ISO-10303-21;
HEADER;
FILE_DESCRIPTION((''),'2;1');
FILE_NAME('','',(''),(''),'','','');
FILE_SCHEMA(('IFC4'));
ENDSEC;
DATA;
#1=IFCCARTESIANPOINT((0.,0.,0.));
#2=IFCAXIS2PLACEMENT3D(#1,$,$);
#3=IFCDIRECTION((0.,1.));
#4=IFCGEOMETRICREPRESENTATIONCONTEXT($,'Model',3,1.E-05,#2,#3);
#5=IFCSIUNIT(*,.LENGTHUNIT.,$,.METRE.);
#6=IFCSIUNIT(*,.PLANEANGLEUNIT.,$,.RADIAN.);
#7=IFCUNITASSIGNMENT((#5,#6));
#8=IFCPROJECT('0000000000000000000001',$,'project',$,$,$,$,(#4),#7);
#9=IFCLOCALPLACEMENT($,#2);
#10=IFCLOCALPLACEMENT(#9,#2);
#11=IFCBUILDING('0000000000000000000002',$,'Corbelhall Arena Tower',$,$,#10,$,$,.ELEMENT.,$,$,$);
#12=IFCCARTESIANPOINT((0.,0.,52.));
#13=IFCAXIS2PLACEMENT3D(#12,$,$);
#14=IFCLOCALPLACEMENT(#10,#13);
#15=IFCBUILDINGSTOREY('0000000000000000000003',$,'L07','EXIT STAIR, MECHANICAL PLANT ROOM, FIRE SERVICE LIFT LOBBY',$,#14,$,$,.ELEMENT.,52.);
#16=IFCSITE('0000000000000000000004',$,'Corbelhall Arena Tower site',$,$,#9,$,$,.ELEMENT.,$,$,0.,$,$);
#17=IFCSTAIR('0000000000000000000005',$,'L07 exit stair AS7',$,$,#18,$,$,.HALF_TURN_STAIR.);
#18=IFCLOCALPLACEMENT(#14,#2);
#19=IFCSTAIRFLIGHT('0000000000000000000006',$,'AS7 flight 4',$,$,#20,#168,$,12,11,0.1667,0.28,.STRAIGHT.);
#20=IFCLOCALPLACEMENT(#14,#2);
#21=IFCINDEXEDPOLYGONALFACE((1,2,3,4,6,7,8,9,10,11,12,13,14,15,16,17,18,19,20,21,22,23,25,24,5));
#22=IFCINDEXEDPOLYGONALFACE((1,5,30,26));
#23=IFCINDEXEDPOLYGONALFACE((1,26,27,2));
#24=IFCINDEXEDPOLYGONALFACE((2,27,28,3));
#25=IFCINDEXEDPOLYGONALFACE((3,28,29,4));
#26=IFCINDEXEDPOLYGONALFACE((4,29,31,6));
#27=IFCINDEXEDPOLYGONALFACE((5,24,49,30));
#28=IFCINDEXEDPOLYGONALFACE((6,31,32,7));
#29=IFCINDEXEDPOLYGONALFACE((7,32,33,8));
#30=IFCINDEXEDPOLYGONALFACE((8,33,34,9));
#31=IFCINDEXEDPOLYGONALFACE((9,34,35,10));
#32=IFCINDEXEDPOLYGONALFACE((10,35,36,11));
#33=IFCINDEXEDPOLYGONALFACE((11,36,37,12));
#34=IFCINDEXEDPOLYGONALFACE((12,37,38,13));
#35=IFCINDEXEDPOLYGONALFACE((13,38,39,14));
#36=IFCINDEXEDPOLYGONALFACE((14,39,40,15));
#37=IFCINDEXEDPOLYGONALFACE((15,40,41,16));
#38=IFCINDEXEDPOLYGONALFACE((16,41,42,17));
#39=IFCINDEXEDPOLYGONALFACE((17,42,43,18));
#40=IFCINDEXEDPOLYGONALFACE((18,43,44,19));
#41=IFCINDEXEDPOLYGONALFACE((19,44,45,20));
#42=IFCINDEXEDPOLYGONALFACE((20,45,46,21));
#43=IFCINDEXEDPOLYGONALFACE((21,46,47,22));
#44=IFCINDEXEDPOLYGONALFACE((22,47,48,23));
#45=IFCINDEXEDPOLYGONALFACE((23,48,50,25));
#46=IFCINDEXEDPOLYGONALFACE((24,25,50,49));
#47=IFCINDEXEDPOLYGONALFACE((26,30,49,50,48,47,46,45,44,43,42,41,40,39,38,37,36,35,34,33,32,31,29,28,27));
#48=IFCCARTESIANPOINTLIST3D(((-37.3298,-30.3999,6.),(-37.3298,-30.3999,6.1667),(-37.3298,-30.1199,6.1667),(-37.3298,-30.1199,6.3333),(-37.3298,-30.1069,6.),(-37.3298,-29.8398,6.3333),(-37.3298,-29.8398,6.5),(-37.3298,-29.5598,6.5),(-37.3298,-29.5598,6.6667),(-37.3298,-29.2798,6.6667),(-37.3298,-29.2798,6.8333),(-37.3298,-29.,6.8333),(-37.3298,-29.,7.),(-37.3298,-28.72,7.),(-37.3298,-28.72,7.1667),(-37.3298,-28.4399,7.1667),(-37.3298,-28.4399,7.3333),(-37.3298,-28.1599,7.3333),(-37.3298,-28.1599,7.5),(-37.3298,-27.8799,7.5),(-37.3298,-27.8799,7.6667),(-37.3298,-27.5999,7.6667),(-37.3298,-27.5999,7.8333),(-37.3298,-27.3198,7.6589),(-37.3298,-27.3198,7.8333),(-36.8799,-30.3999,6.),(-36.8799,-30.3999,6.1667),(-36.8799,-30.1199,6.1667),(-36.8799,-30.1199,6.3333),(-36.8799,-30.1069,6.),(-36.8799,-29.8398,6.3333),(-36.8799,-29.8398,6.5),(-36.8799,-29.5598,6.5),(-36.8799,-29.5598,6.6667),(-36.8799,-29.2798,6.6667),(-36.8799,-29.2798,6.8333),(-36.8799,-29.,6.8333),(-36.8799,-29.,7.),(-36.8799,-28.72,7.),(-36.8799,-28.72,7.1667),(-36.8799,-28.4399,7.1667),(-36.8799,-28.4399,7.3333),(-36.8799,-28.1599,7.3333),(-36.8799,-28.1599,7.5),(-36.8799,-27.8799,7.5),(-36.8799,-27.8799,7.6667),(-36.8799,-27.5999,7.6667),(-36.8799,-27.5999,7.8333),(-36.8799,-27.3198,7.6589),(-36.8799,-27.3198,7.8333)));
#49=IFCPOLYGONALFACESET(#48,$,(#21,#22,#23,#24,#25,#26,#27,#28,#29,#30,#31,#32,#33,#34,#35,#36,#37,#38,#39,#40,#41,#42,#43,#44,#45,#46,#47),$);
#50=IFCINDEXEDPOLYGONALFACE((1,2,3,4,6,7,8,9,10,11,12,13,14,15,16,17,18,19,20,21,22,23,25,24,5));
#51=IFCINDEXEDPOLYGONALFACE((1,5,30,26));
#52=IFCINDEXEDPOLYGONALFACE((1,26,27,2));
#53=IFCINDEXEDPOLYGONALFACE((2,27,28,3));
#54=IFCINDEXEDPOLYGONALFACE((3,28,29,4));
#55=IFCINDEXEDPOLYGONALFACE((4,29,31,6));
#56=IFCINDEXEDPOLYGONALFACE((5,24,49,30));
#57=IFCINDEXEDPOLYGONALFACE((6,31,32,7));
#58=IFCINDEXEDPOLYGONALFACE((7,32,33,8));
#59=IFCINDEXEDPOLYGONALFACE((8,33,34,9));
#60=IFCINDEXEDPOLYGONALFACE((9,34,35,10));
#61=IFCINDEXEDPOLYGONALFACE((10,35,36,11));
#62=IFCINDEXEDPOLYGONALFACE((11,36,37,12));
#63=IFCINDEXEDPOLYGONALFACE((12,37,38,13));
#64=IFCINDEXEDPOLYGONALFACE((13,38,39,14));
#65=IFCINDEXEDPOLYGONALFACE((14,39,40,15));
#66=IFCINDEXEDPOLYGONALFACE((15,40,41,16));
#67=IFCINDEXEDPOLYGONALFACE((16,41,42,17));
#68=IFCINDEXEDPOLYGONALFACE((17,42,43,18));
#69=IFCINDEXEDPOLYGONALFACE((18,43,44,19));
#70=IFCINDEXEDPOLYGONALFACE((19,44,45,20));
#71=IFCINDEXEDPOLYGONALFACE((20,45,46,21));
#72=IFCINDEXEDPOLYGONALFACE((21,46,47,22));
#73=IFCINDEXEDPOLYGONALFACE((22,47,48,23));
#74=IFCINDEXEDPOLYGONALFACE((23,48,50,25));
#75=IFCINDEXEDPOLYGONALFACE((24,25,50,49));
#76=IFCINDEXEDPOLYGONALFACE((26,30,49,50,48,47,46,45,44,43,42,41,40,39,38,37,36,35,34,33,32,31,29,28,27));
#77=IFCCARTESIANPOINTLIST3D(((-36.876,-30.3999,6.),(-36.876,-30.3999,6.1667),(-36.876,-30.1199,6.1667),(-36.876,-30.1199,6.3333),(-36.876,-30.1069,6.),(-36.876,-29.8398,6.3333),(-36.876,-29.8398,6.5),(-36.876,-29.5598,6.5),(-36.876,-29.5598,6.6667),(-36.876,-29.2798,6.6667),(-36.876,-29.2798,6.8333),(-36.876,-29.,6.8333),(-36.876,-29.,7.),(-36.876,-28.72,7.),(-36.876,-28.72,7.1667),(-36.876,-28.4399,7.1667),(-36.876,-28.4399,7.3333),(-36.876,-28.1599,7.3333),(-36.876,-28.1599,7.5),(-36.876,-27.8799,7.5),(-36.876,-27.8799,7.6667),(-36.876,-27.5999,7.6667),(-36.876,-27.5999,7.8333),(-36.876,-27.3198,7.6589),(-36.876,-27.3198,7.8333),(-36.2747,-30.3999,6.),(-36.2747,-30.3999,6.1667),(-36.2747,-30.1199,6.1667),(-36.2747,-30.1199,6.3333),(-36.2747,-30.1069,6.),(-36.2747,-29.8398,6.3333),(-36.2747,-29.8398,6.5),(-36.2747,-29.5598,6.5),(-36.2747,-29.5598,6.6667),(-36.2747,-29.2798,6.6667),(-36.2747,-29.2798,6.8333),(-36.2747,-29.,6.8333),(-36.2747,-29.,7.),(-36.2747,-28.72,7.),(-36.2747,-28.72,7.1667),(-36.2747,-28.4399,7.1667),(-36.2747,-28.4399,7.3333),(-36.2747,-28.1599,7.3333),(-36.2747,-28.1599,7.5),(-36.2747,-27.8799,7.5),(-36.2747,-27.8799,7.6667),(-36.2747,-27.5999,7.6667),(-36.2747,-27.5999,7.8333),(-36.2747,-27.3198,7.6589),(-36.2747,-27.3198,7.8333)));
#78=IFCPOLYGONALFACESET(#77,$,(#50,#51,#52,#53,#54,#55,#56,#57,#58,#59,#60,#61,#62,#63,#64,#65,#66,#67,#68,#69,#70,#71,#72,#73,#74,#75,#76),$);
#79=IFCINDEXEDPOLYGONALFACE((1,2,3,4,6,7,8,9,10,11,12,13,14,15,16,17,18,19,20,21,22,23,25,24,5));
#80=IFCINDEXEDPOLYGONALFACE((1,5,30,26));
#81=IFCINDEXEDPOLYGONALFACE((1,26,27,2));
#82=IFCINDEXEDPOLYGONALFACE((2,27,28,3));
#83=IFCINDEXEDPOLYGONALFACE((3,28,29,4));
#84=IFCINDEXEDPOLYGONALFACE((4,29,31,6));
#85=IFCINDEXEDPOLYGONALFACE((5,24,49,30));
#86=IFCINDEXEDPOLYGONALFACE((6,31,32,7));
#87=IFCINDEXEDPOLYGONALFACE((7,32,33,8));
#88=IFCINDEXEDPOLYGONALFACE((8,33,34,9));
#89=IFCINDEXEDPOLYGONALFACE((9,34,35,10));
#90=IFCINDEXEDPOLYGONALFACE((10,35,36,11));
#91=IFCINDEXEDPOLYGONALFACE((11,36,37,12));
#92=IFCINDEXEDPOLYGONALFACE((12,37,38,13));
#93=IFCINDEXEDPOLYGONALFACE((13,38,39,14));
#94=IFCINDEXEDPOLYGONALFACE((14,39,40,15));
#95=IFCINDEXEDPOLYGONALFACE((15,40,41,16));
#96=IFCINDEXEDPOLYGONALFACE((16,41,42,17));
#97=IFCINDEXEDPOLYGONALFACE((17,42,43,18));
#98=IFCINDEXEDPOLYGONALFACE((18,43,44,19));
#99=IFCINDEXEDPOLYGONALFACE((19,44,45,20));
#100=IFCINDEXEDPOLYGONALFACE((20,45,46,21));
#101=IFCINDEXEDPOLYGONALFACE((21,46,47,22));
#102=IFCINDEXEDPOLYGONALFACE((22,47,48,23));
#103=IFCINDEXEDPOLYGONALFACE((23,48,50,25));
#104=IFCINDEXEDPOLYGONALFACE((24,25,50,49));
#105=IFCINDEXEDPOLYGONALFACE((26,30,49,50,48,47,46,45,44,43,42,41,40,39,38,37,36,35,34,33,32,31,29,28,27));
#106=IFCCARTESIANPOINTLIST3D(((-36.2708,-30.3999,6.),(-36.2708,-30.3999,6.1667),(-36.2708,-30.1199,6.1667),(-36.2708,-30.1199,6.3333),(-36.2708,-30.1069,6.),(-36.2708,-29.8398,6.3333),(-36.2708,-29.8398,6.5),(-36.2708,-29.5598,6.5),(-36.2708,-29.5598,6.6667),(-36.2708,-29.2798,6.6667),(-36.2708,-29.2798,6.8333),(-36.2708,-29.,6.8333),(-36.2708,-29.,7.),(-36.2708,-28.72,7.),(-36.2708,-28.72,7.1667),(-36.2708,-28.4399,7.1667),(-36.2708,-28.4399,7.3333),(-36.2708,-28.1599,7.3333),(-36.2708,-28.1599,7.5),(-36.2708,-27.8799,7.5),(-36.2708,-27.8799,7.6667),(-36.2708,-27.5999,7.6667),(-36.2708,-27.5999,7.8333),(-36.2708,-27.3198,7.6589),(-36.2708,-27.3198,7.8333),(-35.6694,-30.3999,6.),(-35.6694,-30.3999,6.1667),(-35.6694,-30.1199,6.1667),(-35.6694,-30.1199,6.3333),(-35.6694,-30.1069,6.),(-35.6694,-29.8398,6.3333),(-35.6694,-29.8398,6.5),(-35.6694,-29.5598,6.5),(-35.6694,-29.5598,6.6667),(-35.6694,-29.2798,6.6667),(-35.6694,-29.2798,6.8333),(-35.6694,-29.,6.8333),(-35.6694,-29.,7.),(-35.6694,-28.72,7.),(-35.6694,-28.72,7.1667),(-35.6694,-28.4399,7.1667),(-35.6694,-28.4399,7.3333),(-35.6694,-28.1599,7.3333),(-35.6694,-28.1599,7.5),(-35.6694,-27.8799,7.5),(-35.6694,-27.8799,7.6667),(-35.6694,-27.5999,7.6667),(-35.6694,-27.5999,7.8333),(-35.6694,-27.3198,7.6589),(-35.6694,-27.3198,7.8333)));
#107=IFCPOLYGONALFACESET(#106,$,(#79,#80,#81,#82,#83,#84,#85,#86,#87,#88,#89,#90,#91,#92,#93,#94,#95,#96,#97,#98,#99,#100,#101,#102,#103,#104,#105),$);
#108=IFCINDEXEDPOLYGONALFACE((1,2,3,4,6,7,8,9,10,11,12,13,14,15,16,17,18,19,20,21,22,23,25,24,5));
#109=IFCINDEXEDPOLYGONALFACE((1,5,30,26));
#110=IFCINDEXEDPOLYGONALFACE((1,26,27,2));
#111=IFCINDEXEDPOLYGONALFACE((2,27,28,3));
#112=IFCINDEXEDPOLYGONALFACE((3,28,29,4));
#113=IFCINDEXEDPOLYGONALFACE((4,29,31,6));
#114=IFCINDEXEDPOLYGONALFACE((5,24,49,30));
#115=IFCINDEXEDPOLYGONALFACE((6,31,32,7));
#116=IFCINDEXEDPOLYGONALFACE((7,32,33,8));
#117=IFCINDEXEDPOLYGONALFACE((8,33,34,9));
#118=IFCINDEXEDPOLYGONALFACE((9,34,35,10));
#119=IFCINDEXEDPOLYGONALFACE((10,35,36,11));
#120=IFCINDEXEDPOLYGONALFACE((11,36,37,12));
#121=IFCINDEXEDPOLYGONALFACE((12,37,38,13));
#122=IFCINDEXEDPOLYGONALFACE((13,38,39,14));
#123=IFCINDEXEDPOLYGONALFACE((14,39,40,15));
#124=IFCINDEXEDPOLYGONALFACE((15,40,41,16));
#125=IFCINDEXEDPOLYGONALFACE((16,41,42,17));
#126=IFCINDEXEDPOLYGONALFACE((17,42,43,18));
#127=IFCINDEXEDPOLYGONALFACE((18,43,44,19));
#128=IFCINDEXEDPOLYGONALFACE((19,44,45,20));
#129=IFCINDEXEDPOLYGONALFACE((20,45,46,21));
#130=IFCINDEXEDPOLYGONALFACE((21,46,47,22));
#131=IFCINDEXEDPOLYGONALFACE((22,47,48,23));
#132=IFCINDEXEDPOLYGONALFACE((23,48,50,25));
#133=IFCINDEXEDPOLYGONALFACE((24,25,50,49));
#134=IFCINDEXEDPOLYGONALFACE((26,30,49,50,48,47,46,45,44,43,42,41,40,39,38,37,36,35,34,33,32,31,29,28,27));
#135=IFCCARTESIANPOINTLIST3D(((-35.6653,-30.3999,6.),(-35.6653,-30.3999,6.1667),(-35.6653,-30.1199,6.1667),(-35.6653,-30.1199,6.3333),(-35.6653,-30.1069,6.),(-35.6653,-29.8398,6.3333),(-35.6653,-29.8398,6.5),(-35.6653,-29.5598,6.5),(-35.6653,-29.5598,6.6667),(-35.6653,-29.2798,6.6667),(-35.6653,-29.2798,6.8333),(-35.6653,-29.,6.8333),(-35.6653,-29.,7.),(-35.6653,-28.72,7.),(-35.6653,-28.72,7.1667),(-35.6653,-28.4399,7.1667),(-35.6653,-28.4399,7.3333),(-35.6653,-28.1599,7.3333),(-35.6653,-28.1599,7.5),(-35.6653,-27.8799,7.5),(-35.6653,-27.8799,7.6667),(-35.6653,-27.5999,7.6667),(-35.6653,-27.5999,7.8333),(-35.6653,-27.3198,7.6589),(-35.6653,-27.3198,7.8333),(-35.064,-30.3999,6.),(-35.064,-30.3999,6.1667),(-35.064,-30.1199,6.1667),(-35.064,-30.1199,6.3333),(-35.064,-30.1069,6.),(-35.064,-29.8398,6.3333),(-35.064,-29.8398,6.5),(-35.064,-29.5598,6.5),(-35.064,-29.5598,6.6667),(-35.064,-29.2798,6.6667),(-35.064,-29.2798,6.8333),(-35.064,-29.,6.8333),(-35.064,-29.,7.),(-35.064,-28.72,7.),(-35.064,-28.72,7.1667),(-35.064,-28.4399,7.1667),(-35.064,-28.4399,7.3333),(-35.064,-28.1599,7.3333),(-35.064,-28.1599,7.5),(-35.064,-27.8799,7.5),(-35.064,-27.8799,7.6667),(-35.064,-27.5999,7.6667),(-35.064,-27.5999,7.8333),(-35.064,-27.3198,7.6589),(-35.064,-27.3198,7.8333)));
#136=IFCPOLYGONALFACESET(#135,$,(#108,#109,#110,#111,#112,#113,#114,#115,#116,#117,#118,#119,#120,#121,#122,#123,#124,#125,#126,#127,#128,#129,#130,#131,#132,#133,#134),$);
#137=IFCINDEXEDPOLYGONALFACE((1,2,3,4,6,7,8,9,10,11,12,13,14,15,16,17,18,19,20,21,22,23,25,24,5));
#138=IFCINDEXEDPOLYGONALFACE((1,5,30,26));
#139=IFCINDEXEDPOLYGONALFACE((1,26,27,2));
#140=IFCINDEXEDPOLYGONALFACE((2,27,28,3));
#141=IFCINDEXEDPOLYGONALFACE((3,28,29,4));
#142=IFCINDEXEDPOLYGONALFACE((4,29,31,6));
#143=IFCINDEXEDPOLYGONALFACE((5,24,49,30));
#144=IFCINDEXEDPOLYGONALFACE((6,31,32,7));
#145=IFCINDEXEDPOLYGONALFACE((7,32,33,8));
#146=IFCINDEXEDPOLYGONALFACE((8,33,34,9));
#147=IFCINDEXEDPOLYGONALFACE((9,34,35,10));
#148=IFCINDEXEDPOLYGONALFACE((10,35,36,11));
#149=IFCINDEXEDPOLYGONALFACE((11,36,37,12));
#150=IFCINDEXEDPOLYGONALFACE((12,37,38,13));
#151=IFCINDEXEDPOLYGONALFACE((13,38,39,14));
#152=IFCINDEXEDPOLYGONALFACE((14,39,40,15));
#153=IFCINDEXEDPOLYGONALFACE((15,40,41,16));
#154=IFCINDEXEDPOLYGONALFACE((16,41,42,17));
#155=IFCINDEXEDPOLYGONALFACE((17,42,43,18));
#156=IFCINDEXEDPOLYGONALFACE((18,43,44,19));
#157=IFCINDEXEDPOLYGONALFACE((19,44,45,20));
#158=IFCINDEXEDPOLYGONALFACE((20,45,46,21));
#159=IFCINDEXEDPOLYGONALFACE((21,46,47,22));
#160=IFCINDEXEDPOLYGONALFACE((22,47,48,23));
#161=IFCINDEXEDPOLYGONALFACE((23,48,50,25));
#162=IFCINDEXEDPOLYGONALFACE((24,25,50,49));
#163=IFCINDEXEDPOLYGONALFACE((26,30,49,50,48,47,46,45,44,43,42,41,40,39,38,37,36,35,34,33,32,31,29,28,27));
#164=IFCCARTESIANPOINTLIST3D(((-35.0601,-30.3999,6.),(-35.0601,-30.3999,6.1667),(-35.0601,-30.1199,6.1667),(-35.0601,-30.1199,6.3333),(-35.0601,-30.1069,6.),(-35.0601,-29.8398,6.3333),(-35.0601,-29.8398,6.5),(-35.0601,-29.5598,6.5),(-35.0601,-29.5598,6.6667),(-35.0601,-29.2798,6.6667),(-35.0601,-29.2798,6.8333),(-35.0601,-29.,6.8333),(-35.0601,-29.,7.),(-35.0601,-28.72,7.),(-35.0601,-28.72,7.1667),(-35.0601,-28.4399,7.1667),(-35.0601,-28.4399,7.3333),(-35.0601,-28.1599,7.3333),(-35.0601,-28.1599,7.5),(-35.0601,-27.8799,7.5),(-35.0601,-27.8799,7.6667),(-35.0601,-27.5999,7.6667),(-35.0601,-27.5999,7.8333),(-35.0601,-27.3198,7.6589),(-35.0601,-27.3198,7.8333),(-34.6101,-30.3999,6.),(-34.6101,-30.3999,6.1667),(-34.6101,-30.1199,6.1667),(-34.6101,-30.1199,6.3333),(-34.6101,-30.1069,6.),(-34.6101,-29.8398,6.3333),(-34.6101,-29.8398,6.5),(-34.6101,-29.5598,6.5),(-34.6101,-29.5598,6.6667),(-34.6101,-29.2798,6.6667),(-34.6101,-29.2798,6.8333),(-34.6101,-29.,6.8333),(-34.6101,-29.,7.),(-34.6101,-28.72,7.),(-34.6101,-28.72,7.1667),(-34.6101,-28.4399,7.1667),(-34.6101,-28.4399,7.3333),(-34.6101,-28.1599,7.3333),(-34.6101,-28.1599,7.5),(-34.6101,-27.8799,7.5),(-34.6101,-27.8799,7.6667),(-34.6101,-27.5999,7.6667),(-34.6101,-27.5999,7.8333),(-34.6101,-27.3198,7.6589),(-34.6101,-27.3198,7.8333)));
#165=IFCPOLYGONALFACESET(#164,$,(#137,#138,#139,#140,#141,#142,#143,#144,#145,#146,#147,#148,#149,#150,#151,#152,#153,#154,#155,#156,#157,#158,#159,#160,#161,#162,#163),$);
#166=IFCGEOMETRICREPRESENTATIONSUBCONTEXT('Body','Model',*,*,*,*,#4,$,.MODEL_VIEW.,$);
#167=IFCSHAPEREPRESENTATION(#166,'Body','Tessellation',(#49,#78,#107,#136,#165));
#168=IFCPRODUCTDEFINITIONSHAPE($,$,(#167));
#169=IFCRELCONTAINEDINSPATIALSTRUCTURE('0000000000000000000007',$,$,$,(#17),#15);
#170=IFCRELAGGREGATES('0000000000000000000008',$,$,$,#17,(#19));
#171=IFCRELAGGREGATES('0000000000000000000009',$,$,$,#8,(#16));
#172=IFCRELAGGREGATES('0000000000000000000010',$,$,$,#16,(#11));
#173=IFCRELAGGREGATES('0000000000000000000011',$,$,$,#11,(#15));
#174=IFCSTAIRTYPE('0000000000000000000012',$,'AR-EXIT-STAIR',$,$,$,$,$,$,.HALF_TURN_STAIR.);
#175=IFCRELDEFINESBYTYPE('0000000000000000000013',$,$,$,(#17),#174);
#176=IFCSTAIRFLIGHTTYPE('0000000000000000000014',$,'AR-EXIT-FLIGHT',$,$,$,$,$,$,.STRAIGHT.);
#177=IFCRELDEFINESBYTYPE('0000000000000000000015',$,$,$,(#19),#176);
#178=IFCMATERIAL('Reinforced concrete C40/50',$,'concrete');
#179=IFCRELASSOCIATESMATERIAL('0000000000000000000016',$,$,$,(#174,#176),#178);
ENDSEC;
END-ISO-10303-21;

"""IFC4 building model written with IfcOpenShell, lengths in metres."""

from ifc_helpers import new_model, si_unit, direction, frame, origin, place, context, subcontext, project, spatial, polyline, outline, extrude, material, type_object, element, aggregate, save


model = new_model("IFC4")

# Units and contexts
model_context = context("Model", 3, precision=1e-05, world=origin(), true_north=direction((0.0, 1.0)))
body_context = subcontext(model_context, "Body", "Model", "MODEL_VIEW")
ifc_project = project(units=[si_unit("LENGTHUNIT", "METRE"), si_unit("PLANEANGLEUNIT", "RADIAN")], contexts=[model_context])

# Site, building, storey
site_placement = place(None, origin())
site = spatial("IfcSite", under=ifc_project, at=site_placement, Name="Corbelhall Arena Tower site", CompositionType="ELEMENT", RefElevation=0.0)
building_placement = place(site_placement, origin())
building = spatial("IfcBuilding", under=site, at=building_placement, Name="Corbelhall Arena Tower", CompositionType="ELEMENT")
storey_placement = place(building_placement, frame((0.0, 0.0, 52.0)))
storey = spatial("IfcBuildingStorey", under=building, at=storey_placement, Name="L07", Description="EXIT STAIR, MECHANICAL PLANT ROOM, FIRE SERVICE LIFT LOBBY", CompositionType="ELEMENT", Elevation=52.0)

# Shared definitions
ifc_material_1 = material(Name="Reinforced concrete C40/50", Category="concrete")

# Stair, stair flight
stair_type = type_object("IfcStairType", Name="AR-EXIT-STAIR", PredefinedType="HALF_TURN_STAIR", material=ifc_material_1)
stair_placement = place(storey_placement, origin())
stair = element("IfcStair", 1, at=stair_placement, inside=storey, type_object=stair_type, Name="L07 exit stair AS7", PredefinedType="HALF_TURN_STAIR")
stair_flight_type = type_object("IfcStairFlightType", Name="AR-EXIT-FLIGHT", PredefinedType="STRAIGHT", material=ifc_material_1)
stair_flight_1_placement = place(storey_placement, frame((-35.97, -30.3999, 6.0), z_axis=(0.0, 0.0, 1.0), x_axis=(0.0, 1.0, 0.0)))
stair_flight_1 = element("IfcStairFlight", 2, at=stair_flight_1_placement, type_object=stair_flight_type, Name="AS7 flight 4", NumberOfRisers=12, NumberOfTreads=11, PredefinedType="STRAIGHT", RiserHeight=0.1667, TreadLength=0.28, context=body_context, shape_type="SweptSolid", body=[
    extrude(outline(polyline([(0.0, 0.0), (0.0, 0.1667), (0.28, 0.1667), (0.28, 0.3333), (0.5601, 0.3333), (0.5601, 0.5), (0.8401, 0.5), (0.8401, 0.6667), (1.1201, 0.6667), (1.1201, 0.8333), (1.3999, 0.8333), (1.3999, 1.0), (1.6799, 1.0), (1.6799, 1.1667), (1.96, 1.1667), (1.96, 1.3333), (2.24, 1.3333), (2.24, 1.5), (2.52, 1.5), (2.52, 1.6667), (2.8, 1.6667), (2.8, 1.8333), (3.0801, 1.8333), (3.0801, 2.0), (3.0801, 1.6589), (0.293, 0.0), (0.0, 0.0)])), frame((0.0, 1.3599, 0.0), z_axis=(0.0, -1.0, 0.0), x_axis=(1.0, 0.0, 0.0)), (0.0, 0.0, 1.0), 0.45),
    extrude(outline(polyline([(0.0, 0.0), (0.0, 0.1667), (0.28, 0.1667), (0.28, 0.3333), (0.5601, 0.3333), (0.5601, 0.5), (0.8401, 0.5), (0.8401, 0.6667), (1.1201, 0.6667), (1.1201, 0.8333), (1.3999, 0.8333), (1.3999, 1.0), (1.6799, 1.0), (1.6799, 1.1667), (1.96, 1.1667), (1.96, 1.3333), (2.24, 1.3333), (2.24, 1.5), (2.52, 1.5), (2.52, 1.6667), (2.8, 1.6667), (2.8, 1.8333), (3.0801, 1.8333), (3.0801, 2.0), (3.0801, 1.6589), (0.293, 0.0), (0.0, 0.0)])), frame((0.0, 0.906, 0.0), z_axis=(0.0, -1.0, 0.0), x_axis=(1.0, 0.0, 0.0)), (0.0, 0.0, 1.0), 0.6013),
    extrude(outline(polyline([(0.0, 0.0), (0.0, 0.1667), (0.28, 0.1667), (0.28, 0.3333), (0.5601, 0.3333), (0.5601, 0.5), (0.8401, 0.5), (0.8401, 0.6667), (1.1201, 0.6667), (1.1201, 0.8333), (1.3999, 0.8333), (1.3999, 1.0), (1.6799, 1.0), (1.6799, 1.1667), (1.96, 1.1667), (1.96, 1.3333), (2.24, 1.3333), (2.24, 1.5), (2.52, 1.5), (2.52, 1.6667), (2.8, 1.6667), (2.8, 1.8333), (3.0801, 1.8333), (3.0801, 2.0), (3.0801, 1.6589), (0.293, 0.0), (0.0, 0.0)])), frame((0.0, 0.3008, 0.0), z_axis=(0.0, -1.0, 0.0), x_axis=(1.0, 0.0, 0.0)), (0.0, 0.0, 1.0), 0.6013),
    extrude(outline(polyline([(0.0, 0.0), (0.0, 0.1667), (0.28, 0.1667), (0.28, 0.3333), (0.5601, 0.3333), (0.5601, 0.5), (0.8401, 0.5), (0.8401, 0.6667), (1.1201, 0.6667), (1.1201, 0.8333), (1.3999, 0.8333), (1.3999, 1.0), (1.6799, 1.0), (1.6799, 1.1667), (1.96, 1.1667), (1.96, 1.3333), (2.24, 1.3333), (2.24, 1.5), (2.52, 1.5), (2.52, 1.6667), (2.8, 1.6667), (2.8, 1.8333), (3.0801, 1.8333), (3.0801, 2.0), (3.0801, 1.6589), (0.293, 0.0), (0.0, 0.0)])), frame((0.0, -0.3047, 0.0), z_axis=(0.0, -1.0, 0.0), x_axis=(1.0, 0.0, 0.0)), (0.0, 0.0, 1.0), 0.6013),
    extrude(outline(polyline([(0.0, 0.0), (0.0, 0.1667), (0.28, 0.1667), (0.28, 0.3333), (0.5601, 0.3333), (0.5601, 0.5), (0.8401, 0.5), (0.8401, 0.6667), (1.1201, 0.6667), (1.1201, 0.8333), (1.3999, 0.8333), (1.3999, 1.0), (1.6799, 1.0), (1.6799, 1.1667), (1.96, 1.1667), (1.96, 1.3333), (2.24, 1.3333), (2.24, 1.5), (2.52, 1.5), (2.52, 1.6667), (2.8, 1.6667), (2.8, 1.8333), (3.0801, 1.8333), (3.0801, 2.0), (3.0801, 1.6589), (0.293, 0.0), (0.0, 0.0)])), frame((0.0, -0.9099, 0.0), z_axis=(0.0, -1.0, 0.0), x_axis=(1.0, 0.0, 0.0)), (0.0, 0.0, 1.0), 0.45),
])
aggregate(stair, [stair_flight_1])

save(model, "model.ifc")
